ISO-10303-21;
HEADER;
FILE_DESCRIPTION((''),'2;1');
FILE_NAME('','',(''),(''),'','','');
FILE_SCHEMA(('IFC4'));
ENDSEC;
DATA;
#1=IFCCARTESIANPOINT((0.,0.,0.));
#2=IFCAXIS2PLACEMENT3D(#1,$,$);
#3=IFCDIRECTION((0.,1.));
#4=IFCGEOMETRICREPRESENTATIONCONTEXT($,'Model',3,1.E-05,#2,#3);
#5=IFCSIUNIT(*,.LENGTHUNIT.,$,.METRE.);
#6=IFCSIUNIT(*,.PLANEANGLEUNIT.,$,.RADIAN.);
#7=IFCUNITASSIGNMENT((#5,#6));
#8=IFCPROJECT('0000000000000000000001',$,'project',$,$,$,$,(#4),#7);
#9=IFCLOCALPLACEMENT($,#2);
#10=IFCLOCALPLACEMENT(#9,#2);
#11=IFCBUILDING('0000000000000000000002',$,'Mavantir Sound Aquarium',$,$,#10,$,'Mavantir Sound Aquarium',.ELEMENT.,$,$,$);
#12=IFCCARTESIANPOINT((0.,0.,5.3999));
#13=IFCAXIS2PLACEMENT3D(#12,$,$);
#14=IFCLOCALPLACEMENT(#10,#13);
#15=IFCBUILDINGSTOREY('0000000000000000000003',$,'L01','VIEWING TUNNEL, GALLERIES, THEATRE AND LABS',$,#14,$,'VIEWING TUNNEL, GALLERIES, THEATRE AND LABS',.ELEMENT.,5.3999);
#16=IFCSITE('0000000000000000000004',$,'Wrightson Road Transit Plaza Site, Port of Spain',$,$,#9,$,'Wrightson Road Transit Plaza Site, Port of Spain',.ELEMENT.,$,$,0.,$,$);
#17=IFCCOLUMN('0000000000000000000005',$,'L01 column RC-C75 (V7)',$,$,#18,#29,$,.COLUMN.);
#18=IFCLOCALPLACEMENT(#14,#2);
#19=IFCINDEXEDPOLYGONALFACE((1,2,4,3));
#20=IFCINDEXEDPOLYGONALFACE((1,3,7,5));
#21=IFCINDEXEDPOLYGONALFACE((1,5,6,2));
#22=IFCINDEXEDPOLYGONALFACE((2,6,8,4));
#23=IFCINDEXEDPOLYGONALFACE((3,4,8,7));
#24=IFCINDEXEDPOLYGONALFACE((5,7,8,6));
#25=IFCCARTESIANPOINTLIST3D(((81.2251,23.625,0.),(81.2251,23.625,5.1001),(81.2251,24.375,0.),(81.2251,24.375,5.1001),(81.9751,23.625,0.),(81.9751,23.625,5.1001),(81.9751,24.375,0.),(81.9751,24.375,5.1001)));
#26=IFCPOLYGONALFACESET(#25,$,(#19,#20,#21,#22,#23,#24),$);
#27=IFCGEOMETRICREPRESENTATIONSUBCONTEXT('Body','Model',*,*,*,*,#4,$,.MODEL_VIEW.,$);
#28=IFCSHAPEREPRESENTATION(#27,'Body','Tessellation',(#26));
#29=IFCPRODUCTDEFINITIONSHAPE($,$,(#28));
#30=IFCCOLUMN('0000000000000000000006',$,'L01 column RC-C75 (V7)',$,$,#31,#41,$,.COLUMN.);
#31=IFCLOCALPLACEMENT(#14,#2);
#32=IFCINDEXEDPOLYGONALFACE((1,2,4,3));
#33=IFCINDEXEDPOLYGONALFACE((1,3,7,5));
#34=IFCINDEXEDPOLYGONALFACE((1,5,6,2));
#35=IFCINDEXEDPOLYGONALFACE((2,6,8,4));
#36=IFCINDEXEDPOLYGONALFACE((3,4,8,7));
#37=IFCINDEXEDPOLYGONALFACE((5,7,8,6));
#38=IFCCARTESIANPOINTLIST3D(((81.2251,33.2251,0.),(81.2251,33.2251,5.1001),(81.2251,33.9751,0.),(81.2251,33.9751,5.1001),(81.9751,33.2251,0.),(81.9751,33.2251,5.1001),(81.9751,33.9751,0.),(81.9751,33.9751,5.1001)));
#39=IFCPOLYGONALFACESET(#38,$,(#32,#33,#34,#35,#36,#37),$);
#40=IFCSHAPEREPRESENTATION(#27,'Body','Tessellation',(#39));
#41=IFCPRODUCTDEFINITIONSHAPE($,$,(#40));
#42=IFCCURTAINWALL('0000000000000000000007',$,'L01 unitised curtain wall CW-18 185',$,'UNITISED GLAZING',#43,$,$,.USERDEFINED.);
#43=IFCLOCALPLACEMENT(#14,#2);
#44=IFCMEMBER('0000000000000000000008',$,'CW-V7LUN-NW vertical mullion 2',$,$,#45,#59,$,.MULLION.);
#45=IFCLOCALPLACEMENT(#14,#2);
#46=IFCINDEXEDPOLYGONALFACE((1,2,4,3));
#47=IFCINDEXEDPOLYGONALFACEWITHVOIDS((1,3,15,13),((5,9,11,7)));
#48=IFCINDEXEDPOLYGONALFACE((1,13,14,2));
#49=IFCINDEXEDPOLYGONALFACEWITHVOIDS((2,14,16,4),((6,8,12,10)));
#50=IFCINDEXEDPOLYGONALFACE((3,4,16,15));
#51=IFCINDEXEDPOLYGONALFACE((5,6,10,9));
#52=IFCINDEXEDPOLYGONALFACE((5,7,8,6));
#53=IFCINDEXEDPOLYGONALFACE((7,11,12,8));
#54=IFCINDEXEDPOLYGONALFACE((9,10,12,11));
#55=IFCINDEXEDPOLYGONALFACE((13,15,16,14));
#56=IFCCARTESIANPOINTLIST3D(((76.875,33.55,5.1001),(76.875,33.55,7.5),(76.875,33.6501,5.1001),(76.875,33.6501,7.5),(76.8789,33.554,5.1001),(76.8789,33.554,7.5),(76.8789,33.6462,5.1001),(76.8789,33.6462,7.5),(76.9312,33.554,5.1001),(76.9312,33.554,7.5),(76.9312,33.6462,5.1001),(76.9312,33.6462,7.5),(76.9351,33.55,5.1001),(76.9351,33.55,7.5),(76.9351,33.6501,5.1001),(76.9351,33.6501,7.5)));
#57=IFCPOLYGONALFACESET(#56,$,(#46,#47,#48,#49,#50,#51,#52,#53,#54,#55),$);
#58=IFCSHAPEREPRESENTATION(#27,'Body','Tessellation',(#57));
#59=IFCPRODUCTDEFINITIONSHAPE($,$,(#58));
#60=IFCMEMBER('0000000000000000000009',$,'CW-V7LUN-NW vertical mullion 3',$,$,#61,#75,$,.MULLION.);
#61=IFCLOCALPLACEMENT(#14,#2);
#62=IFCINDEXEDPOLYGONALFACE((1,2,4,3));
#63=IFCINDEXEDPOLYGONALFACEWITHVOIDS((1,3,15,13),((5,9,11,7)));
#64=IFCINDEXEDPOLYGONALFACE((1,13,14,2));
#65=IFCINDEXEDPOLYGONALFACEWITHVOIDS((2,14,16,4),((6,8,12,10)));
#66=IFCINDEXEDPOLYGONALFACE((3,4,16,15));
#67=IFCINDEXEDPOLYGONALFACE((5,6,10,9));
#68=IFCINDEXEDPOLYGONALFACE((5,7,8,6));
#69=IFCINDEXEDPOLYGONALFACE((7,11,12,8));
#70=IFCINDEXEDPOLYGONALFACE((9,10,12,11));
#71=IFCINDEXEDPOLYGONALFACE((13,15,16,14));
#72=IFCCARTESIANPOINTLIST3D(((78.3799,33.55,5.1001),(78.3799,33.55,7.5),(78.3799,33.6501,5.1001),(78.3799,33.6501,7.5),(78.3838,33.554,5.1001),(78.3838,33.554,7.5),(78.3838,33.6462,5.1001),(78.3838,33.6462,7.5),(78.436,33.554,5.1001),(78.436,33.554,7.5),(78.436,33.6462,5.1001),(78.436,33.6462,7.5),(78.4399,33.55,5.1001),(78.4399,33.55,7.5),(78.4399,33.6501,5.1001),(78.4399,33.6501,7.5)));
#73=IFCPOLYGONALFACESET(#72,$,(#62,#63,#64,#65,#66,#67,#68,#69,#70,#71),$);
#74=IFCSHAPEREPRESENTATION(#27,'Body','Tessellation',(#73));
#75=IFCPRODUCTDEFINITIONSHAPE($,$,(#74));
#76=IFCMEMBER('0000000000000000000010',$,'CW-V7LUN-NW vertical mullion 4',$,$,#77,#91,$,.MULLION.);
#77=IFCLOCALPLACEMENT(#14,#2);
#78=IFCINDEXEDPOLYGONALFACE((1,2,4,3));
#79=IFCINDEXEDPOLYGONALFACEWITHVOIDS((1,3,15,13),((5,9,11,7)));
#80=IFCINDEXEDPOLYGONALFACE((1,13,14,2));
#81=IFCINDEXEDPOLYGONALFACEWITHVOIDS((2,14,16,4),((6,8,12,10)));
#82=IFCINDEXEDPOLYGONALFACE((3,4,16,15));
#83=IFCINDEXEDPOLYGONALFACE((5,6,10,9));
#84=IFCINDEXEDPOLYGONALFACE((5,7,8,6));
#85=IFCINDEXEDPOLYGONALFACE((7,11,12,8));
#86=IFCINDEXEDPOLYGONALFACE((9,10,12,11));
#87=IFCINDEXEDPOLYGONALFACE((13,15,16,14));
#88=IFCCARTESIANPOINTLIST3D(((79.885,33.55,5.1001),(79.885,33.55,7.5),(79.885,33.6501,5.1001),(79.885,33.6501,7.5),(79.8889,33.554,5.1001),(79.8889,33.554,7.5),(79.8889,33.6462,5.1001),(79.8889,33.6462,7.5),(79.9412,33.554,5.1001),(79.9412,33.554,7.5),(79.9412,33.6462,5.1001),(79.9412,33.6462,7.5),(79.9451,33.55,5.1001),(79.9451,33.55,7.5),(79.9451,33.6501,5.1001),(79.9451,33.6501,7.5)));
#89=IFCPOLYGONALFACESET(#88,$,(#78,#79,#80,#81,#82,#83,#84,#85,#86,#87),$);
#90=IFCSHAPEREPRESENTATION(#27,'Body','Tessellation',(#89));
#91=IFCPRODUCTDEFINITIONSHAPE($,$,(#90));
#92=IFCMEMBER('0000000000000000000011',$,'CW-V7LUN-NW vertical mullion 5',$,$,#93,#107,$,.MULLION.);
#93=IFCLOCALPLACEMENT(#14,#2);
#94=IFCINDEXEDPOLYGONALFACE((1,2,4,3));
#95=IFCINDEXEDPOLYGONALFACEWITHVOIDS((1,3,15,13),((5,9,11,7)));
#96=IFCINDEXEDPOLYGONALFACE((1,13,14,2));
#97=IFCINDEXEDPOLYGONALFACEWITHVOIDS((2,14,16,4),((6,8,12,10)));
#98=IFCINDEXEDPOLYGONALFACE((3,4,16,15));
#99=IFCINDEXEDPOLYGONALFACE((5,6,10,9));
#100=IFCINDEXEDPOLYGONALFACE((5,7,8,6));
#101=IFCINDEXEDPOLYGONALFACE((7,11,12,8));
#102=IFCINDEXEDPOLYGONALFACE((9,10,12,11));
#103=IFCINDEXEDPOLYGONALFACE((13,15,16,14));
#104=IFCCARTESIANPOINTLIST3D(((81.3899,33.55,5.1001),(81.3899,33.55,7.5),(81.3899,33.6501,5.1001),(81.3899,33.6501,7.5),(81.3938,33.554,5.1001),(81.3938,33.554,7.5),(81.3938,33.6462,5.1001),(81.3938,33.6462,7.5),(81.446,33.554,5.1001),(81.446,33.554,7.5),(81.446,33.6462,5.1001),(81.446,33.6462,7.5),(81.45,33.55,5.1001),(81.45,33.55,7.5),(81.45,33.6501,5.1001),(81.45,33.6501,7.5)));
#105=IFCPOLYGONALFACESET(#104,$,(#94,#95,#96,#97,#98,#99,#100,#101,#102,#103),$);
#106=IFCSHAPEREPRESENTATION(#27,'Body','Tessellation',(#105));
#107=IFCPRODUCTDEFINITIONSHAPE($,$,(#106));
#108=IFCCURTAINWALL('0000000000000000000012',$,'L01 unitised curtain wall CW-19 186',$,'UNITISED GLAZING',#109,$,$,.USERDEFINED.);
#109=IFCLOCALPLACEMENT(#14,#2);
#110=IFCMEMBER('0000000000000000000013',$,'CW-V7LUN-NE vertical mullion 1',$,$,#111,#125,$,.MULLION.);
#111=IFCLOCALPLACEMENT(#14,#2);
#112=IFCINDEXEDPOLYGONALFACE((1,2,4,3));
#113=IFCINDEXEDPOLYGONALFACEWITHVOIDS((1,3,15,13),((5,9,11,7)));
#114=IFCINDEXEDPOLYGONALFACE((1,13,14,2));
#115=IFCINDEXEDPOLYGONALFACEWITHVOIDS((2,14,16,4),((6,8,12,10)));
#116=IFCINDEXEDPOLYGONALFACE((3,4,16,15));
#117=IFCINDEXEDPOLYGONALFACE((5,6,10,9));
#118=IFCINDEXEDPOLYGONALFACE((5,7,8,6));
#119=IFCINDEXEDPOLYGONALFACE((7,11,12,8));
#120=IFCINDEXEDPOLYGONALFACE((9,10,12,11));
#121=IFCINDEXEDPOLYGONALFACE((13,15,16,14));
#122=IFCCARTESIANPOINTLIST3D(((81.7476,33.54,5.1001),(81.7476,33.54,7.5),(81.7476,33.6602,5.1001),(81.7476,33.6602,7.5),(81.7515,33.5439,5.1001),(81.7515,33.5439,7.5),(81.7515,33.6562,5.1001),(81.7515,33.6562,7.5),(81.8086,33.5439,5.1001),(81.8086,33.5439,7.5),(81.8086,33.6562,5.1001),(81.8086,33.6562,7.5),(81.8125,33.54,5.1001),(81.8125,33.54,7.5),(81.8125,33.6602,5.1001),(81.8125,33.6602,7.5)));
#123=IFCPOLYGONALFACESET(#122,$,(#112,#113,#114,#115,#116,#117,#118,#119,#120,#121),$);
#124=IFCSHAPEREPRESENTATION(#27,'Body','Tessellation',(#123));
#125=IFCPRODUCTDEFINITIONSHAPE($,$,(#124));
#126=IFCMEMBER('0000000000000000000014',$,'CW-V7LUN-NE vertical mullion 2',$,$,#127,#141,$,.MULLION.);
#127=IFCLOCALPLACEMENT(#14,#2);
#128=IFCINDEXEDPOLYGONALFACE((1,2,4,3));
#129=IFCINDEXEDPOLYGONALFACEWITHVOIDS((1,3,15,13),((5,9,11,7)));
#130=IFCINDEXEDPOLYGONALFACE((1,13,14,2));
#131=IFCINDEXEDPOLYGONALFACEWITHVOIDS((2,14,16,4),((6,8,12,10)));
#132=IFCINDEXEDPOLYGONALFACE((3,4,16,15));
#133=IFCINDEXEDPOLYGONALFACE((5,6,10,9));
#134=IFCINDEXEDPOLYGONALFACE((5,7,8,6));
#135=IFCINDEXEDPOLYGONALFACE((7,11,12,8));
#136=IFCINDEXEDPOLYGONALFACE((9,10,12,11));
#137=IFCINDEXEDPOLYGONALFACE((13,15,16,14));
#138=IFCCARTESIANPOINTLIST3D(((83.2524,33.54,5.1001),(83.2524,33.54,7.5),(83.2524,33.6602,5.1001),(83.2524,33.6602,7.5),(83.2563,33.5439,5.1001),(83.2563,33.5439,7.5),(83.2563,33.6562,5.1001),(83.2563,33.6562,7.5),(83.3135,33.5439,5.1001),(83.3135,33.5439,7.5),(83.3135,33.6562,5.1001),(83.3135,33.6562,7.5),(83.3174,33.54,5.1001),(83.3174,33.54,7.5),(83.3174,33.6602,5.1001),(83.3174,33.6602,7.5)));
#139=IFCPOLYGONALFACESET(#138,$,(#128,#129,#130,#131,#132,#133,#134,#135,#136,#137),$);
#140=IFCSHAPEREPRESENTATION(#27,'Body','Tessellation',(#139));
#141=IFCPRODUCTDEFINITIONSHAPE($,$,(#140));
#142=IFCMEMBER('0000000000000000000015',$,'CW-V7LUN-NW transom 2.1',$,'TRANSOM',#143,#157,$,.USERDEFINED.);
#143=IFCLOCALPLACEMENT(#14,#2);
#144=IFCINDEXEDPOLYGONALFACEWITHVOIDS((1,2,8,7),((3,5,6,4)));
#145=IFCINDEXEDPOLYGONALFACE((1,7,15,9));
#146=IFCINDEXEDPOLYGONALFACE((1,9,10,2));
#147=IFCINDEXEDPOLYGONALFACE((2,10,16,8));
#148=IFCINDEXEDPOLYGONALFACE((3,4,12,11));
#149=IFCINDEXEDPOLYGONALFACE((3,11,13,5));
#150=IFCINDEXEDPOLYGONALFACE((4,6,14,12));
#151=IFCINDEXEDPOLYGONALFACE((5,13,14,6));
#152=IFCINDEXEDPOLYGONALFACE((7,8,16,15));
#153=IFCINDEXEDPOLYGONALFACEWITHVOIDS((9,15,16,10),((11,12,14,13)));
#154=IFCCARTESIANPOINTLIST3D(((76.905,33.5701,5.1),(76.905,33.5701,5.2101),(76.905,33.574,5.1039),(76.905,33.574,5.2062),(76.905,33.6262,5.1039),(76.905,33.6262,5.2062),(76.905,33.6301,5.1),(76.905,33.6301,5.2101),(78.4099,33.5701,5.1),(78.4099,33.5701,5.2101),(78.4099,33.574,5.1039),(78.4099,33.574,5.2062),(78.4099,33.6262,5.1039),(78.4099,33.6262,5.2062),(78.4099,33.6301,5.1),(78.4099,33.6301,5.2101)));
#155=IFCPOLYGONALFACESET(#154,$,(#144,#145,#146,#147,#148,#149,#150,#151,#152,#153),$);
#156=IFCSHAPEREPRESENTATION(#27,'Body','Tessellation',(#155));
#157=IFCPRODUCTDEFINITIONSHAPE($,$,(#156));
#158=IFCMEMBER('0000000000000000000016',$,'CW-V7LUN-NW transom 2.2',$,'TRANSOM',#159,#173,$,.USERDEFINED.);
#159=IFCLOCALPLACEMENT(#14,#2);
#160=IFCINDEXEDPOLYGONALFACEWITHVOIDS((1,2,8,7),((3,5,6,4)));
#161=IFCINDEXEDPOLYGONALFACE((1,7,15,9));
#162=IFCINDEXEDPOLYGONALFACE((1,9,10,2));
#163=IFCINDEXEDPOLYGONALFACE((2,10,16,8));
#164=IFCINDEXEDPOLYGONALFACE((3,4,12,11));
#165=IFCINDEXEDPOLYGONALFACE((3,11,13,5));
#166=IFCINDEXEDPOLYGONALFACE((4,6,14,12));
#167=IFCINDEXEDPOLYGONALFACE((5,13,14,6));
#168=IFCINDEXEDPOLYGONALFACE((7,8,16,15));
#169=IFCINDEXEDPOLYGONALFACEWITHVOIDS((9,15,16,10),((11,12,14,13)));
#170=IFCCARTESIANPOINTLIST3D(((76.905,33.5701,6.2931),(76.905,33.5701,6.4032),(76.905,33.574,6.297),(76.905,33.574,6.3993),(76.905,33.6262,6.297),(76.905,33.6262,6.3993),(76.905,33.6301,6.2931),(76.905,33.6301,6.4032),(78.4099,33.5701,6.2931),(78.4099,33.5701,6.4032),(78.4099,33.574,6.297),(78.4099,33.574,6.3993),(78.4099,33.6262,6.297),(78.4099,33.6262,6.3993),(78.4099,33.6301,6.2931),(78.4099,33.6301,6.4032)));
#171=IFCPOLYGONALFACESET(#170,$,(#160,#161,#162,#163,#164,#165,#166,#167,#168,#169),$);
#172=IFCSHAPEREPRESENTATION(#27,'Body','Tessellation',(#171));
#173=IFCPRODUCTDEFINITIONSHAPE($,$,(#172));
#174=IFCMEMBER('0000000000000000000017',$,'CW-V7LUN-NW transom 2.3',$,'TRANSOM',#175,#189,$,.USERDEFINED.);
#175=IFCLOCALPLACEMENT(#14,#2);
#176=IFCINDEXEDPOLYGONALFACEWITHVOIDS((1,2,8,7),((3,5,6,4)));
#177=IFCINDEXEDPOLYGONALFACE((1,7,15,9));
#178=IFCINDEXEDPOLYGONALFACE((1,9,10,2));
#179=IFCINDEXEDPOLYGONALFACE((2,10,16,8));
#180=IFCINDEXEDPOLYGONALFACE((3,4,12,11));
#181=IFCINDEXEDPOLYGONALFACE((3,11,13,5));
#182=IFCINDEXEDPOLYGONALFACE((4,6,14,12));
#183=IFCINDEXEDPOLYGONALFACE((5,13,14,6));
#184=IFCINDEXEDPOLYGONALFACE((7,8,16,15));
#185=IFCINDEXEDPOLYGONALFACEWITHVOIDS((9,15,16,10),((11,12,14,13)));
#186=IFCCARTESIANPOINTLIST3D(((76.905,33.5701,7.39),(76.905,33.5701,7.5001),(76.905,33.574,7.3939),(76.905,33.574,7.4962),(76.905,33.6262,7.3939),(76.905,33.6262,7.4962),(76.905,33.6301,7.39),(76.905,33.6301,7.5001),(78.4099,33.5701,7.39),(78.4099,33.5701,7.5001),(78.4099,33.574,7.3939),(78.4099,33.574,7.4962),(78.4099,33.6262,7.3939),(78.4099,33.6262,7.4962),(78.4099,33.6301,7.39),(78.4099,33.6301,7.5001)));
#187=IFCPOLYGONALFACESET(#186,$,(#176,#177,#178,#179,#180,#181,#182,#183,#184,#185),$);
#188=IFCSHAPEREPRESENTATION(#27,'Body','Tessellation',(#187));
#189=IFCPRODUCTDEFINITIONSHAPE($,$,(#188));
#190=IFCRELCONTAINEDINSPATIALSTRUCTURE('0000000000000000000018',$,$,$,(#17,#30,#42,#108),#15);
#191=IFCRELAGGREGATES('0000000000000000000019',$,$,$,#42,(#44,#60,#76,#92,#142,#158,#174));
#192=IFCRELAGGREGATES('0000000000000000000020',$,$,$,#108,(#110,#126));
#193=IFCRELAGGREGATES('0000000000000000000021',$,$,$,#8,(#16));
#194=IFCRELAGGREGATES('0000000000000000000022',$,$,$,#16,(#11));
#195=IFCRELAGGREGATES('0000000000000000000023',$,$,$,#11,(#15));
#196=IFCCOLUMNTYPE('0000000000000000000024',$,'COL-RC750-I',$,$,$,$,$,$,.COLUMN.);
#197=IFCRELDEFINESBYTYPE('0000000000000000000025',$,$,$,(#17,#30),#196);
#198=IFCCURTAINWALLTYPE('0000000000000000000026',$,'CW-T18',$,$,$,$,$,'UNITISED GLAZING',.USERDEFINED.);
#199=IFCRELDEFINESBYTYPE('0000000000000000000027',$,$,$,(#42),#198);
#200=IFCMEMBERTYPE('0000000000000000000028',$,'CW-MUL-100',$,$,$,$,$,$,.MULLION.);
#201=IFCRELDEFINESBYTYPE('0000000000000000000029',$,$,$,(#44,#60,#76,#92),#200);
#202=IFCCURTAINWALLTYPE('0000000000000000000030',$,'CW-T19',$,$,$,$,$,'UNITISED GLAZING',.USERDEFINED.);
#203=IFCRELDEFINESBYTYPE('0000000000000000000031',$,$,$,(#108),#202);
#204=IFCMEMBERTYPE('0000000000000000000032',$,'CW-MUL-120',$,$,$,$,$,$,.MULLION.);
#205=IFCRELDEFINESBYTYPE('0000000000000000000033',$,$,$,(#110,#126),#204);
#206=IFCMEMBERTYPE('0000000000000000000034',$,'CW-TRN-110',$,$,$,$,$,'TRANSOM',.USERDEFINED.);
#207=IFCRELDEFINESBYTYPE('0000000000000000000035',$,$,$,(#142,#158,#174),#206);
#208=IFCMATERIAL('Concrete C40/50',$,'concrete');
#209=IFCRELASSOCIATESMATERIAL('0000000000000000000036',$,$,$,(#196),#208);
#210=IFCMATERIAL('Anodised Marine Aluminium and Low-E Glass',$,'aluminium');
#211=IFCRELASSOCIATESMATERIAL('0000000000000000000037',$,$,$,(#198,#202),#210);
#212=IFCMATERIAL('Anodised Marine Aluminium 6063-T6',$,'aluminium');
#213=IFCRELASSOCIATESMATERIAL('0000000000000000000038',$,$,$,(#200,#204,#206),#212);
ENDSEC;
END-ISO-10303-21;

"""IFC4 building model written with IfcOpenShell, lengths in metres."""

from ifc_helpers import new_model, si_unit, direction, frame, origin, origin_2d, place, context, subcontext, project, spatial, rectangle, hollow_rectangle, extrude, material, material_profile, profile_set, type_object, element, aggregate, save


model = new_model("IFC4")

# Units and contexts
model_context = context("Model", 3, precision=1e-05, world=origin(), true_north=direction((0.0, 1.0)))
body_context = subcontext(model_context, "Body", "Model", "MODEL_VIEW")
ifc_project = project(units=[si_unit("LENGTHUNIT", "METRE"), si_unit("PLANEANGLEUNIT", "RADIAN")], contexts=[model_context])

# Site, building, storey
site_placement = place(None, origin())
site = spatial("IfcSite", under=ifc_project, at=site_placement, Name="Wrightson Road Transit Plaza Site, Port of Spain", LongName="Wrightson Road Transit Plaza Site, Port of Spain", CompositionType="ELEMENT", RefElevation=0.0)
building_placement = place(site_placement, origin())
building = spatial("IfcBuilding", under=site, at=building_placement, Name="Mavantir Sound Aquarium", LongName="Mavantir Sound Aquarium", CompositionType="ELEMENT")
storey_placement = place(building_placement, frame((0.0, 0.0, 5.3999)))
storey = spatial("IfcBuildingStorey", under=building, at=storey_placement, Name="L01", Description="VIEWING TUNNEL, GALLERIES, THEATRE AND LABS", LongName="VIEWING TUNNEL, GALLERIES, THEATRE AND LABS", CompositionType="ELEMENT", Elevation=5.3999)

# Columns
ifc_material_1 = material(Name="Concrete C40/50", Category="concrete")
ifc_material_profile_1 = material_profile(ifc_material_1, rectangle(XDim=0.75, YDim=0.75, at=origin_2d()), Name="RC 750X750")
ifc_profile_set_1 = profile_set([ifc_material_profile_1], Name="Concrete C40/50")
column_type = type_object("IfcColumnType", Name="COL-RC750-I", PredefinedType="COLUMN", material=ifc_profile_set_1)
for number, where, z_axis, x_axis, name in (
    (1, (81.6001, 24.0, 0.0), (0.0, 0.0, 1.0), (1.0, 0.0, 0.0), "L01 column RC-C75 (V7)"),
    (2, (81.6001, 33.6001, 0.0), (0.0, 0.0, 1.0), (1.0, 0.0, 0.0), "L01 column RC-C75 (V7)"),
):
    element("IfcColumn", number, at=place(storey_placement, frame(where, z_axis=z_axis, x_axis=x_axis)), inside=storey, type_object=column_type, Name=name, PredefinedType="COLUMN", context=body_context, shape_type="SweptSolid", body=[
        extrude(rectangle(XDim=0.75, YDim=0.75, at=origin_2d()), origin(), (0.0, 0.0, 1.0), 5.1001),
    ])

# Curtain walls, members
ifc_material_2 = material(Name="Anodised Marine Aluminium and Low-E Glass", Category="aluminium")
curtain_wall_type_1 = type_object("IfcCurtainWallType", Name="CW-T18", ElementType="UNITISED GLAZING", PredefinedType="USERDEFINED", material=ifc_material_2)
curtain_wall_1_placement = place(storey_placement, origin())
curtain_wall_1 = element("IfcCurtainWall", 3, at=curtain_wall_1_placement, inside=storey, type_object=curtain_wall_type_1, Name="L01 unitised curtain wall CW-18 185", ObjectType="UNITISED GLAZING", PredefinedType="USERDEFINED")
ifc_material_3 = material(Name="Anodised Marine Aluminium 6063-T6", Category="aluminium")
ifc_material_profile_2 = material_profile(ifc_material_3, hollow_rectangle(XDim=0.0601, YDim=0.1001, WallThickness=0.0039, at=origin_2d()), Name="ALU-MULLION-100X60")
ifc_profile_set_2 = profile_set([ifc_material_profile_2], Name="Anodised Marine Aluminium 6063-T6")
member_type_1 = type_object("IfcMemberType", Name="CW-MUL-100", PredefinedType="MULLION", material=ifc_profile_set_2)
member_1_placement = place(storey_placement, frame((76.905, 33.6001, 5.1001), z_axis=(0.0, 0.0, 1.0), x_axis=(1.0, 0.0, 0.0)))
member_1 = element("IfcMember", 4, at=member_1_placement, type_object=member_type_1, Name="CW-V7LUN-NW vertical mullion 2", PredefinedType="MULLION", context=body_context, shape_type="SweptSolid", body=[
    extrude(hollow_rectangle(XDim=0.0601, YDim=0.1001, WallThickness=0.0039, at=origin_2d()), origin(), (0.0, 0.0, 1.0), 2.3999),
])
member_2_placement = place(storey_placement, frame((78.4099, 33.6001, 5.1001), z_axis=(0.0, 0.0, 1.0), x_axis=(1.0, 0.0, 0.0)))
member_2 = element("IfcMember", 5, at=member_2_placement, type_object=member_type_1, Name="CW-V7LUN-NW vertical mullion 3", PredefinedType="MULLION", context=body_context, shape_type="SweptSolid", body=[
    extrude(hollow_rectangle(XDim=0.0601, YDim=0.1001, WallThickness=0.0039, at=origin_2d()), origin(), (0.0, 0.0, 1.0), 2.3999),
])
member_3_placement = place(storey_placement, frame((79.915, 33.6001, 5.1001), z_axis=(0.0, 0.0, 1.0), x_axis=(1.0, 0.0, 0.0)))
member_3 = element("IfcMember", 6, at=member_3_placement, type_object=member_type_1, Name="CW-V7LUN-NW vertical mullion 4", PredefinedType="MULLION", context=body_context, shape_type="SweptSolid", body=[
    extrude(hollow_rectangle(XDim=0.0601, YDim=0.1001, WallThickness=0.0039, at=origin_2d()), origin(), (0.0, 0.0, 1.0), 2.3999),
])
member_4_placement = place(storey_placement, frame((81.4199, 33.6001, 5.1001), z_axis=(0.0, 0.0, 1.0), x_axis=(1.0, 0.0, 0.0)))
member_4 = element("IfcMember", 7, at=member_4_placement, type_object=member_type_1, Name="CW-V7LUN-NW vertical mullion 5", PredefinedType="MULLION", context=body_context, shape_type="SweptSolid", body=[
    extrude(hollow_rectangle(XDim=0.0601, YDim=0.1001, WallThickness=0.0039, at=origin_2d()), origin(), (0.0, 0.0, 1.0), 2.3999),
])
curtain_wall_type_2 = type_object("IfcCurtainWallType", Name="CW-T19", ElementType="UNITISED GLAZING", PredefinedType="USERDEFINED", material=ifc_material_2)
curtain_wall_2_placement = place(storey_placement, origin())
curtain_wall_2 = element("IfcCurtainWall", 8, at=curtain_wall_2_placement, inside=storey, type_object=curtain_wall_type_2, Name="L01 unitised curtain wall CW-19 186", ObjectType="UNITISED GLAZING", PredefinedType="USERDEFINED")
ifc_material_profile_3 = material_profile(ifc_material_3, hollow_rectangle(XDim=0.0649, YDim=0.1201, WallThickness=0.0039, at=origin_2d()), Name="ALU-MULLION-120X65")
ifc_profile_set_3 = profile_set([ifc_material_profile_3], Name="Anodised Marine Aluminium 6063-T6")
member_type_2 = type_object("IfcMemberType", Name="CW-MUL-120", PredefinedType="MULLION", material=ifc_profile_set_3)
member_5_placement = place(storey_placement, frame((81.78, 33.6001, 5.1001), z_axis=(0.0, 0.0, 1.0), x_axis=(1.0, 0.0, 0.0)))
member_5 = element("IfcMember", 9, at=member_5_placement, type_object=member_type_2, Name="CW-V7LUN-NE vertical mullion 1", PredefinedType="MULLION", context=body_context, shape_type="SweptSolid", body=[
    extrude(hollow_rectangle(XDim=0.0649, YDim=0.1201, WallThickness=0.0039, at=origin_2d()), origin(), (0.0, 0.0, 1.0), 2.3999),
])
member_6_placement = place(storey_placement, frame((83.2849, 33.6001, 5.1001), z_axis=(0.0, 0.0, 1.0), x_axis=(1.0, 0.0, 0.0)))
member_6 = element("IfcMember", 10, at=member_6_placement, type_object=member_type_2, Name="CW-V7LUN-NE vertical mullion 2", PredefinedType="MULLION", context=body_context, shape_type="SweptSolid", body=[
    extrude(hollow_rectangle(XDim=0.0649, YDim=0.1201, WallThickness=0.0039, at=origin_2d()), origin(), (0.0, 0.0, 1.0), 2.3999),
])

# Members
ifc_material_profile_4 = material_profile(ifc_material_3, hollow_rectangle(XDim=0.0601, YDim=0.1101, WallThickness=0.0039, at=origin_2d()), Name="ALU-TRANSOM-110X60")
ifc_profile_set_4 = profile_set([ifc_material_profile_4], Name="Anodised Marine Aluminium 6063-T6")
member_type_3 = type_object("IfcMemberType", Name="CW-TRN-110", ElementType="TRANSOM", PredefinedType="USERDEFINED", material=ifc_profile_set_4)
member_7_placement = place(storey_placement, frame((76.905, 33.6001, 5.155), z_axis=(1.0, 0.0, 0.0), x_axis=(0.0, 1.0, 0.0)))
member_7 = element("IfcMember", 11, at=member_7_placement, type_object=member_type_3, Name="CW-V7LUN-NW transom 2.1", ObjectType="TRANSOM", PredefinedType="USERDEFINED", context=body_context, shape_type="SweptSolid", body=[
    extrude(hollow_rectangle(XDim=0.0601, YDim=0.1101, WallThickness=0.0039, at=origin_2d()), origin(), (0.0, 0.0, 1.0), 1.5049),
])
member_8_placement = place(storey_placement, frame((76.905, 33.6001, 6.3481), z_axis=(1.0, 0.0, 0.0), x_axis=(0.0, 1.0, 0.0)))
member_8 = element("IfcMember", 12, at=member_8_placement, type_object=member_type_3, Name="CW-V7LUN-NW transom 2.2", ObjectType="TRANSOM", PredefinedType="USERDEFINED", context=body_context, shape_type="SweptSolid", body=[
    extrude(hollow_rectangle(XDim=0.0601, YDim=0.1101, WallThickness=0.0039, at=origin_2d()), origin(), (0.0, 0.0, 1.0), 1.5049),
])
member_9_placement = place(storey_placement, frame((76.905, 33.6001, 7.4451), z_axis=(1.0, 0.0, 0.0), x_axis=(0.0, 1.0, 0.0)))
member_9 = element("IfcMember", 13, at=member_9_placement, type_object=member_type_3, Name="CW-V7LUN-NW transom 2.3", ObjectType="TRANSOM", PredefinedType="USERDEFINED", context=body_context, shape_type="SweptSolid", body=[
    extrude(hollow_rectangle(XDim=0.0601, YDim=0.1101, WallThickness=0.0039, at=origin_2d()), origin(), (0.0, 0.0, 1.0), 1.5049),
])

aggregate(curtain_wall_1, [member_1, member_2, member_3, member_4, member_7, member_8, member_9])
aggregate(curtain_wall_2, [member_5, member_6])

save(model, "model.ifc")
